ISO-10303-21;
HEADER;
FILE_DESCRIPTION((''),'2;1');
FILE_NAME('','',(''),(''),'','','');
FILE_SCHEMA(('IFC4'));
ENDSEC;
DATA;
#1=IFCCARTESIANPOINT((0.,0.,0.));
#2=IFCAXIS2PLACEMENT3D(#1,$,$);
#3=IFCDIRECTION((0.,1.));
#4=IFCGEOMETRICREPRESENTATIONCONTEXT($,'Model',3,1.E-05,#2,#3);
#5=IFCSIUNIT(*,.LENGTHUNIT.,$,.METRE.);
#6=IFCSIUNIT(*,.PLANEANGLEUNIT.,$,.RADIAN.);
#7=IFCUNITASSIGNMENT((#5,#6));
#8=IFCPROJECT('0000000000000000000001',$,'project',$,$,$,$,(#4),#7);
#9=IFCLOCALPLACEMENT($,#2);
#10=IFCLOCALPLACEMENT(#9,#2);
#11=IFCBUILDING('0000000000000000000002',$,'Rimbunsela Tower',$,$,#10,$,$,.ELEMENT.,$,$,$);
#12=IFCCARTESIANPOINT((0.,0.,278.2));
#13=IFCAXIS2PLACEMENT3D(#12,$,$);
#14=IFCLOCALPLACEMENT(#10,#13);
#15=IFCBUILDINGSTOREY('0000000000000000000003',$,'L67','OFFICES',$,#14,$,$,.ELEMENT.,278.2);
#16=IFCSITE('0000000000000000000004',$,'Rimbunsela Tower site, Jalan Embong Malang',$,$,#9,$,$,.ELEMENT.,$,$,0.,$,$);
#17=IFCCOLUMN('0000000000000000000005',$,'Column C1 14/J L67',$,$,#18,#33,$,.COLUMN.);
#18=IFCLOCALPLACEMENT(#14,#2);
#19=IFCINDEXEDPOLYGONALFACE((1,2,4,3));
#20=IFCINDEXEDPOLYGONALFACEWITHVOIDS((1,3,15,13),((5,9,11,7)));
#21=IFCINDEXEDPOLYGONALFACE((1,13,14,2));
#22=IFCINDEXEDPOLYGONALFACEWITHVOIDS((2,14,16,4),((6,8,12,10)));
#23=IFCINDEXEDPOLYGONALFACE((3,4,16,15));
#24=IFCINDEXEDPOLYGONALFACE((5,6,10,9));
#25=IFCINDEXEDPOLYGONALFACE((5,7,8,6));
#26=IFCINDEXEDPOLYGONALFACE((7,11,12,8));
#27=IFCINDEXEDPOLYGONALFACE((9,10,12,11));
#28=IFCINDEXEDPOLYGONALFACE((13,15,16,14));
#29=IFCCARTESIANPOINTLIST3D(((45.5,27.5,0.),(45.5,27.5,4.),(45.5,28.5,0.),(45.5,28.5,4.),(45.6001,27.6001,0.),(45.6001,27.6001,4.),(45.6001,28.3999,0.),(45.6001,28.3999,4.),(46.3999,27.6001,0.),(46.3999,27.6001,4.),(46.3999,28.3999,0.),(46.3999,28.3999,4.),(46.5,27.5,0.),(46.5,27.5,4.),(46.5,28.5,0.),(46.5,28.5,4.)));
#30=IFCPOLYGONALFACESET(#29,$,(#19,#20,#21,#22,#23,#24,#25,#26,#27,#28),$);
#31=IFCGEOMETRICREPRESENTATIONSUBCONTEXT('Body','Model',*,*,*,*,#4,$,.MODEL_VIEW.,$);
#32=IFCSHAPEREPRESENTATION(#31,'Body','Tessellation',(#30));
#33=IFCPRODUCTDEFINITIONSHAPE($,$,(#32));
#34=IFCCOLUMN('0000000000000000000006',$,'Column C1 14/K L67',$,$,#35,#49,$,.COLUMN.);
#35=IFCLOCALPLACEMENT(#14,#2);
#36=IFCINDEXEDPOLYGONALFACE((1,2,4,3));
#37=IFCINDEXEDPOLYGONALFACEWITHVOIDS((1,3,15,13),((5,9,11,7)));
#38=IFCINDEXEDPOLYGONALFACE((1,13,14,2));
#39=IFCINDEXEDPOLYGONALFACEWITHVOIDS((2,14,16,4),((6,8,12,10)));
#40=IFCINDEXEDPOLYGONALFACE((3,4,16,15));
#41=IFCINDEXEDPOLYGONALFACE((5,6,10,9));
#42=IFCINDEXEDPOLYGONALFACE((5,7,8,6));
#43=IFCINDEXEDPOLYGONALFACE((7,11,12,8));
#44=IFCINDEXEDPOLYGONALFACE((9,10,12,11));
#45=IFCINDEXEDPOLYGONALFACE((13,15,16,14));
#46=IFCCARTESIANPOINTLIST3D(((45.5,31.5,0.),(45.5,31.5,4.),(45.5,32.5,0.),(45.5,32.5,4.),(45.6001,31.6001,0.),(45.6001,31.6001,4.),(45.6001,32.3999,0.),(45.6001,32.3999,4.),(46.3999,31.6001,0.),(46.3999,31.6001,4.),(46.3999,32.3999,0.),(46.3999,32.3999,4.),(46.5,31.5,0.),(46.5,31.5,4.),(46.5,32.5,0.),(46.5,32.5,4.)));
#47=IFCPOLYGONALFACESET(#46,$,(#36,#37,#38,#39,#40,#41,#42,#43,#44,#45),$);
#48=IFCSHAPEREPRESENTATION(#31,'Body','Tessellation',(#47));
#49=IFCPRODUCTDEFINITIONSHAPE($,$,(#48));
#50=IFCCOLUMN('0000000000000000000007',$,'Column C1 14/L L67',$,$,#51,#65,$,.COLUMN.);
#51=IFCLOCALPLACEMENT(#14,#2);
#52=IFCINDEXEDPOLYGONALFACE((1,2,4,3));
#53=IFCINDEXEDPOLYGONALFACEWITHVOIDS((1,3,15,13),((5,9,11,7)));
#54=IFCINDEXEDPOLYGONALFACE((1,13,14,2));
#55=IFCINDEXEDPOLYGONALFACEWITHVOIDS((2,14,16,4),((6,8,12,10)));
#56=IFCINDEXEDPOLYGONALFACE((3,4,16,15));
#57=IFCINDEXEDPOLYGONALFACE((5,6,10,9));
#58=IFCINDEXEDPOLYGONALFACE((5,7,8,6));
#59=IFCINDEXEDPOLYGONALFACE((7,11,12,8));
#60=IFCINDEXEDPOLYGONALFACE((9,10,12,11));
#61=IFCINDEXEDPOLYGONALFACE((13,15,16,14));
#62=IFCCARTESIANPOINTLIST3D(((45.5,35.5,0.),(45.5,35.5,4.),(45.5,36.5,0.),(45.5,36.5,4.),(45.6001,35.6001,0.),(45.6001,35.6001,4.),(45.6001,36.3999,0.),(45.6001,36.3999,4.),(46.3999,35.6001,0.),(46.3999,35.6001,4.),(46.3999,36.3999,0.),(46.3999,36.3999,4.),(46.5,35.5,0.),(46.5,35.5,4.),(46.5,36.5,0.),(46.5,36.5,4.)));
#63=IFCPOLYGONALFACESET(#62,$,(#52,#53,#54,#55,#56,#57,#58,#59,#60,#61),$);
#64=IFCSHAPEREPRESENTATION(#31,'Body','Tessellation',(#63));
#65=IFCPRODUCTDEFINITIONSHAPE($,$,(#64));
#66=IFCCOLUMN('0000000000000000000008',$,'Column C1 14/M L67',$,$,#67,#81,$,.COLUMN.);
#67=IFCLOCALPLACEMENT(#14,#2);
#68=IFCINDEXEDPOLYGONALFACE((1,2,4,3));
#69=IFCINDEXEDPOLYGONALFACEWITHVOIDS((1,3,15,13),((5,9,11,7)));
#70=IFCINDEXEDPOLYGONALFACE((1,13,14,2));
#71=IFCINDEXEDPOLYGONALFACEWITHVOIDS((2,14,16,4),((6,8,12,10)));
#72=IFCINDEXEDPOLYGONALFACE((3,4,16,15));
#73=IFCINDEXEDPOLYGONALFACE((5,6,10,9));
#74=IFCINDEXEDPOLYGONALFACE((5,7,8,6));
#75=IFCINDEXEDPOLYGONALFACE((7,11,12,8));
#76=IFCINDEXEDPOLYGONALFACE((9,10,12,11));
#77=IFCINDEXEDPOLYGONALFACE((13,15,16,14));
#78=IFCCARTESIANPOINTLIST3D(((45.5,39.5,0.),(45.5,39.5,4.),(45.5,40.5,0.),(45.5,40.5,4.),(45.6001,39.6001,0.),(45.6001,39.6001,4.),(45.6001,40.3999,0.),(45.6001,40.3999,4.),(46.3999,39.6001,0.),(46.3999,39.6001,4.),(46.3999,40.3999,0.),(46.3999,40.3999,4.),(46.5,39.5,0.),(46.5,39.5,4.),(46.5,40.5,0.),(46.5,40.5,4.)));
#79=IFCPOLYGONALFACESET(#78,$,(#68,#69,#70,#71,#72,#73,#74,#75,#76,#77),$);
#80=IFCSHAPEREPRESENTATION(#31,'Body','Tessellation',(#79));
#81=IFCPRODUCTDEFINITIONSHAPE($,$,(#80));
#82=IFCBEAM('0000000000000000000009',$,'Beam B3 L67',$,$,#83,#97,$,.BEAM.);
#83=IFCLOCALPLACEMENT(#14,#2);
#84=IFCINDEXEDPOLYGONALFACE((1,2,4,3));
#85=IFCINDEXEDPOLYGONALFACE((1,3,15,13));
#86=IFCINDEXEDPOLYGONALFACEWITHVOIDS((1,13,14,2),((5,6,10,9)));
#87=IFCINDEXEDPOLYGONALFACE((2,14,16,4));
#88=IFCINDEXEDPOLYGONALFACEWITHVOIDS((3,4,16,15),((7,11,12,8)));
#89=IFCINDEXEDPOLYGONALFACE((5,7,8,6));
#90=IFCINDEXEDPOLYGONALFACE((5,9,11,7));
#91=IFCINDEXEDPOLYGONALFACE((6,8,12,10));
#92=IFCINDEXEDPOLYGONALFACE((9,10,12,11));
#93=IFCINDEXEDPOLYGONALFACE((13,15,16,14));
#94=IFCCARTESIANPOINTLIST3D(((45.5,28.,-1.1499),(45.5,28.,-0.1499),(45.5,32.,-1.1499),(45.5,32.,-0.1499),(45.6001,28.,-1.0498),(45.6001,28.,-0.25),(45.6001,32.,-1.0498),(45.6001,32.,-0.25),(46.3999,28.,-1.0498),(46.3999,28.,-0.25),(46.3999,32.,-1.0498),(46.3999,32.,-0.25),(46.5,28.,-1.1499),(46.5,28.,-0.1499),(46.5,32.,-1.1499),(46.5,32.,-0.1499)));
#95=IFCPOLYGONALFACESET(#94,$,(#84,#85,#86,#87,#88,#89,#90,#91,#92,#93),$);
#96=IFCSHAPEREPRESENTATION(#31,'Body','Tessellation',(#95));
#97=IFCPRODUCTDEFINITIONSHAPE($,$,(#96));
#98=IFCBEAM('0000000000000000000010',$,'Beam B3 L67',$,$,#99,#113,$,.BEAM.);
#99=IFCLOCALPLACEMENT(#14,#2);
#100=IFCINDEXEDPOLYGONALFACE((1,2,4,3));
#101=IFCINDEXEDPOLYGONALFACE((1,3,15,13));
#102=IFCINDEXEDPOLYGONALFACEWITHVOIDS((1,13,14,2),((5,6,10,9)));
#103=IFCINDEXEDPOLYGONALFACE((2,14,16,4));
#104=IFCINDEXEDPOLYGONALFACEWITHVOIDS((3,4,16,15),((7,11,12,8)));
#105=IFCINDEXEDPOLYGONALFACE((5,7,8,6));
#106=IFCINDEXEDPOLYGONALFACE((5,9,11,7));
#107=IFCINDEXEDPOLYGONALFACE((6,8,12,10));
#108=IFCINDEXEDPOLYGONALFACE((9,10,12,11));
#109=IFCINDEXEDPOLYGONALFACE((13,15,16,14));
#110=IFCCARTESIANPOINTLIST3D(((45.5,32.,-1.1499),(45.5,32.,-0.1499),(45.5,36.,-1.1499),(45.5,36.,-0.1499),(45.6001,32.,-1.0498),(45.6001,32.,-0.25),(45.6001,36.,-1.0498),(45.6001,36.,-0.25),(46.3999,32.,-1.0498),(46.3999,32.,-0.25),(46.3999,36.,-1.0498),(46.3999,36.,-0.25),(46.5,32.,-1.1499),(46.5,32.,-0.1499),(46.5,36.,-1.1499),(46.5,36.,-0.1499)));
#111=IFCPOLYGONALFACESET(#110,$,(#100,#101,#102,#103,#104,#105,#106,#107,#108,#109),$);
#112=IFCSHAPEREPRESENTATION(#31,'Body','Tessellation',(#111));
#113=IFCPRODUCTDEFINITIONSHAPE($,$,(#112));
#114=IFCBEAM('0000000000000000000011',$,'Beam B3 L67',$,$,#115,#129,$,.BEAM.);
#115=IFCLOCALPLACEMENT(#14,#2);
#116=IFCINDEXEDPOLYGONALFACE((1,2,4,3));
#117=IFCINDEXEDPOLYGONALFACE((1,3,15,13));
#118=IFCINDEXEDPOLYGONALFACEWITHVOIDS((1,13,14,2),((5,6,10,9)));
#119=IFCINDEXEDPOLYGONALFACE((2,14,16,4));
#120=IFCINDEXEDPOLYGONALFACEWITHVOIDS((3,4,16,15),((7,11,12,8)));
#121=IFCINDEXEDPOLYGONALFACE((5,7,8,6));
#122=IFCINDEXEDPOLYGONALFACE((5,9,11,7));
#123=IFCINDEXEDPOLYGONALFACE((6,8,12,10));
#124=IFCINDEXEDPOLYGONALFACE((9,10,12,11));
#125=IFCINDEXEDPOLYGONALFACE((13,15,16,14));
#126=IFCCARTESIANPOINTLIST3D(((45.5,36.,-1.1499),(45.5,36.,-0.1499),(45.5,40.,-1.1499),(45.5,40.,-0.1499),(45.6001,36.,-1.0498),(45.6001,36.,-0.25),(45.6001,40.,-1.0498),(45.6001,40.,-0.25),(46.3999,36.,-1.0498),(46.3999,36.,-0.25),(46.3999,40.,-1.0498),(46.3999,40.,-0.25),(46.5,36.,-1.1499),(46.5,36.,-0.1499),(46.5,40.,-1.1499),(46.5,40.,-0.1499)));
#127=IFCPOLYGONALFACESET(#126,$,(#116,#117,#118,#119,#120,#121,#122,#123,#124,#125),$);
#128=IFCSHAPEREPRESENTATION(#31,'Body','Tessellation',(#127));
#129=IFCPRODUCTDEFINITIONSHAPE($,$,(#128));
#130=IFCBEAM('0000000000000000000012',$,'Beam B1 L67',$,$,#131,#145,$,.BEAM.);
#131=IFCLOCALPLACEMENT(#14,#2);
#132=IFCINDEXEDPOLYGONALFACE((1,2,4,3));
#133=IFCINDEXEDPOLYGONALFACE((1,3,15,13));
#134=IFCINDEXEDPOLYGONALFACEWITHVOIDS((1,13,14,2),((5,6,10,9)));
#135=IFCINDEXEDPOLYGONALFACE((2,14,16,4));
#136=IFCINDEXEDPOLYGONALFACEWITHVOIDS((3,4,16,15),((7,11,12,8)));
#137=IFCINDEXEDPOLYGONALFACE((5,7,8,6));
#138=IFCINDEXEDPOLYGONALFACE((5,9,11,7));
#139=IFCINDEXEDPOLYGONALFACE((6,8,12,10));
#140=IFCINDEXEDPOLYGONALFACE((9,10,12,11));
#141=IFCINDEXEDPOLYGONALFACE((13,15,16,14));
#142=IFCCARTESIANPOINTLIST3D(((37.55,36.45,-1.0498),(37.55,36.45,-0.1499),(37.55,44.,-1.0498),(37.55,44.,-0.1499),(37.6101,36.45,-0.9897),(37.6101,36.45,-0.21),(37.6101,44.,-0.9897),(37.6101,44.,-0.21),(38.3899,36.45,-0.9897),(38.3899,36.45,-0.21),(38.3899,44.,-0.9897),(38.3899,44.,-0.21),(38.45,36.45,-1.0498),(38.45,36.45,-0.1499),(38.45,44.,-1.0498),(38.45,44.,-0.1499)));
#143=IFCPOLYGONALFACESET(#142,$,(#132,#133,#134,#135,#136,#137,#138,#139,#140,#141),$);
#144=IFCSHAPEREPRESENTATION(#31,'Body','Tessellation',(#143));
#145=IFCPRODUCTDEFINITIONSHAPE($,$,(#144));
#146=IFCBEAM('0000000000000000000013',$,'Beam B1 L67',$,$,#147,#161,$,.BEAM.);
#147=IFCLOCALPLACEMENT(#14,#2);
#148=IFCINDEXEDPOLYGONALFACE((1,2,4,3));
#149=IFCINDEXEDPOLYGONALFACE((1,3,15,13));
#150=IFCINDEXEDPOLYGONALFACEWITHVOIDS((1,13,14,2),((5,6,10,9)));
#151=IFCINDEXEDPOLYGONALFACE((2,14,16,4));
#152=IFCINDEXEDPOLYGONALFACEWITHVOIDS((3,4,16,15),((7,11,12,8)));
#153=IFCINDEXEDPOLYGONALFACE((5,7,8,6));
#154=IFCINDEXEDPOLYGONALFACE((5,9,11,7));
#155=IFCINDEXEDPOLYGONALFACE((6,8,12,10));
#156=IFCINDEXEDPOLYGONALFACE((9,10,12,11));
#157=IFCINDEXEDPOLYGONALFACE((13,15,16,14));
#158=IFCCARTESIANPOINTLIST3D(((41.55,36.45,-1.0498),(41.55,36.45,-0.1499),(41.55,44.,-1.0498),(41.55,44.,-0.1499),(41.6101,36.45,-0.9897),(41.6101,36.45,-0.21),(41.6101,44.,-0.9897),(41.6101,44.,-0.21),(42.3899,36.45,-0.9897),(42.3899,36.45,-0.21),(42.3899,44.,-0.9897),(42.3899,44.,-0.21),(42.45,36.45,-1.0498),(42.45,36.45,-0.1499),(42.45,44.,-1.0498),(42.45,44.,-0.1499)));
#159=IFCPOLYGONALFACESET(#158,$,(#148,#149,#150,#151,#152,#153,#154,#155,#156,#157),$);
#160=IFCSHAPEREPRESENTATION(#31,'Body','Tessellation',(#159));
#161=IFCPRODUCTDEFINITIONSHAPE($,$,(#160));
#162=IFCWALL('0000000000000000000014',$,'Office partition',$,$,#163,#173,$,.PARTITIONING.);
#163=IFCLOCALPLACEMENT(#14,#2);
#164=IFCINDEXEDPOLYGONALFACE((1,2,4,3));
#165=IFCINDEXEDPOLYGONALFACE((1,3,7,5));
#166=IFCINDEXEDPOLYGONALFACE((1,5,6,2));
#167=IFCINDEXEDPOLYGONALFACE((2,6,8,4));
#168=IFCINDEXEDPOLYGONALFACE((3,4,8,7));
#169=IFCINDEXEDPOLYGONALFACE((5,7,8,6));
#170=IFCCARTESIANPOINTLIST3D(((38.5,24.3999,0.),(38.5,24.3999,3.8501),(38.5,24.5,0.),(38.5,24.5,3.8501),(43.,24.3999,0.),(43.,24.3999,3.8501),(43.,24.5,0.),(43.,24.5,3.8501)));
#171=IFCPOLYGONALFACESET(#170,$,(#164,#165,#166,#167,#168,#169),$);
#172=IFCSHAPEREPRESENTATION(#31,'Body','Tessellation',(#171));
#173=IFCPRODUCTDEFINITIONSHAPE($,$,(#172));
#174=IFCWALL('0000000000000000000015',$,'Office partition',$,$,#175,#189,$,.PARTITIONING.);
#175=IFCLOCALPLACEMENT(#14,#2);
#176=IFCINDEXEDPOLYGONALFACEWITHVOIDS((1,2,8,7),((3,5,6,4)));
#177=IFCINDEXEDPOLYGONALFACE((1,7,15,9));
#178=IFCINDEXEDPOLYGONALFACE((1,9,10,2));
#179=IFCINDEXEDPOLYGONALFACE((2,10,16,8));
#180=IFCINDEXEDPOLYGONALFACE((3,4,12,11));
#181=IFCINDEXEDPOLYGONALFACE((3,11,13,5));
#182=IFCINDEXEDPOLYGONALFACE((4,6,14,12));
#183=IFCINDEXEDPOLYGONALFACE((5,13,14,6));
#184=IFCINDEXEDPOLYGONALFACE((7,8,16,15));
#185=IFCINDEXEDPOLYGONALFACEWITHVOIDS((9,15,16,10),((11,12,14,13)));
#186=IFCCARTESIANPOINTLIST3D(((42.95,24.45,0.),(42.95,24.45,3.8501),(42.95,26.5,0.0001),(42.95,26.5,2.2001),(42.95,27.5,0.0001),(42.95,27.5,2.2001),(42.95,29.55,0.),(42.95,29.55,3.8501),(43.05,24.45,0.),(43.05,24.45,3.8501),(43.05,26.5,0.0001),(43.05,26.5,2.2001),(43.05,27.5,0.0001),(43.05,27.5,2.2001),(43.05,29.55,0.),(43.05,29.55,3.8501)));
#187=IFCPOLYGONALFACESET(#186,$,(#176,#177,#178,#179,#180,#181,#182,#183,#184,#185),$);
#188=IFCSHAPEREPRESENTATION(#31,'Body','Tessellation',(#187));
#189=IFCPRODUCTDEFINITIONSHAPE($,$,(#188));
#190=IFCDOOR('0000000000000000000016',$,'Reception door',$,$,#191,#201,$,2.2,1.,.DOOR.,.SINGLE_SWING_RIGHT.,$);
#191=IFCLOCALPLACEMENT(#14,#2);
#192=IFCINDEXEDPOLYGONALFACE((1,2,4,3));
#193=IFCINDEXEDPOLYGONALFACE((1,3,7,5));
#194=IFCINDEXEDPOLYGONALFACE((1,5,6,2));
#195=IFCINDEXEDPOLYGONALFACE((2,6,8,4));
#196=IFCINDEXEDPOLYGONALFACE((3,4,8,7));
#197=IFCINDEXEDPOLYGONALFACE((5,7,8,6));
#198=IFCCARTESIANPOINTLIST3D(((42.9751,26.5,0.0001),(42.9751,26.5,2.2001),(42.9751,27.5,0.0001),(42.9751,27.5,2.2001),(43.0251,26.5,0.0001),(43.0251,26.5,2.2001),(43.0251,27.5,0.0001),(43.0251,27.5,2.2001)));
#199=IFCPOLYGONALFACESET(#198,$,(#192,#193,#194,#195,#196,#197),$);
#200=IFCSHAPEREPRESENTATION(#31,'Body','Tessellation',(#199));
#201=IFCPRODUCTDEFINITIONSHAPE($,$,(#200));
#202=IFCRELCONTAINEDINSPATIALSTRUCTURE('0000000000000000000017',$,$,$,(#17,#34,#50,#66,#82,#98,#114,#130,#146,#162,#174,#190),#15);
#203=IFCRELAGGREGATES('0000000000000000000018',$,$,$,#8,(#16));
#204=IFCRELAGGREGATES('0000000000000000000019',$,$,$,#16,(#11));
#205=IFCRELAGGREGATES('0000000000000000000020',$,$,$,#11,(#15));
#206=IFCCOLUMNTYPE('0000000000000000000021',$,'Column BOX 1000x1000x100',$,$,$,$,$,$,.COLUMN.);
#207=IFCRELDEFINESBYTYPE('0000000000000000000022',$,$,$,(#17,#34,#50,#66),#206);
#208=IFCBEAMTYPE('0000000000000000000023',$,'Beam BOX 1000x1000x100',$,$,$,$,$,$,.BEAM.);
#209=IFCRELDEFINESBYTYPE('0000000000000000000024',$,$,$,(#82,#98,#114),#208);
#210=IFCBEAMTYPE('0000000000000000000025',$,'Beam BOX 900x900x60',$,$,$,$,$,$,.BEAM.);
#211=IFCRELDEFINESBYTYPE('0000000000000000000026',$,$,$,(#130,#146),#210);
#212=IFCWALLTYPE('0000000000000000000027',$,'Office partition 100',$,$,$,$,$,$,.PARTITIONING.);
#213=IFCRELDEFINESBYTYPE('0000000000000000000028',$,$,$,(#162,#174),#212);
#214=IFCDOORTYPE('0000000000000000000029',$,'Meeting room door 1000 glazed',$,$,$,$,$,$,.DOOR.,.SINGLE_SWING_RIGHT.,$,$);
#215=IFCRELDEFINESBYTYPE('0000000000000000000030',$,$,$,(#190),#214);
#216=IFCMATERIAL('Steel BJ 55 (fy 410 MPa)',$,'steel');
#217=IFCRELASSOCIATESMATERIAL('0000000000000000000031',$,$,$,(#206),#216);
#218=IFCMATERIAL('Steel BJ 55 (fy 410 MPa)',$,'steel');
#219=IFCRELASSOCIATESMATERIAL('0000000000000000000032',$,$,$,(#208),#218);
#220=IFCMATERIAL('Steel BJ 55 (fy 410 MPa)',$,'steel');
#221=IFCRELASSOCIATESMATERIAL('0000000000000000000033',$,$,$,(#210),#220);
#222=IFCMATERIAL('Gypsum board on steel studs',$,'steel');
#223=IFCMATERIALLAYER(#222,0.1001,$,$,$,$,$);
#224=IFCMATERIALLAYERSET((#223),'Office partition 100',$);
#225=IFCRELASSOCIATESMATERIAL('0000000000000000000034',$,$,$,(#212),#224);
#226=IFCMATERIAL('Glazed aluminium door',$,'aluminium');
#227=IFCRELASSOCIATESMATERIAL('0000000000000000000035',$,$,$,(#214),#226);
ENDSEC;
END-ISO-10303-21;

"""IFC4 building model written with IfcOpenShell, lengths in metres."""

from ifc_helpers import new_model, si_unit, direction, frame, frame_2d, origin, origin_2d, place, context, subcontext, project, spatial, rectangle, hollow_rectangle, extrude, material, layer, layer_set, material_profile, profile_set, type_object, element, fill, save


model = new_model("IFC4")

# Units and contexts
model_context = context("Model", 3, precision=1e-05, world=origin(), true_north=direction((0.0, 1.0)))
body_context = subcontext(model_context, "Body", "Model", "MODEL_VIEW")
ifc_project = project(units=[si_unit("LENGTHUNIT", "METRE"), si_unit("PLANEANGLEUNIT", "RADIAN")], contexts=[model_context])

# Site, building, storey
site_placement = place(None, origin())
site = spatial("IfcSite", under=ifc_project, at=site_placement, Name="Rimbunsela Tower site, Jalan Embong Malang", CompositionType="ELEMENT", RefElevation=0.0)
building_placement = place(site_placement, origin())
building = spatial("IfcBuilding", under=site, at=building_placement, Name="Rimbunsela Tower", CompositionType="ELEMENT")
storey_placement = place(building_placement, frame((0.0, 0.0, 278.2)))
storey = spatial("IfcBuildingStorey", under=building, at=storey_placement, Name="L67", Description="OFFICES", CompositionType="ELEMENT", Elevation=278.2)

# Columns
ifc_material_1 = material(Name="Steel BJ 55 (fy 410 MPa)", Category="steel")
ifc_material_profile_1 = material_profile(ifc_material_1, hollow_rectangle(XDim=1.0, YDim=1.0, WallThickness=0.1001, at=origin_2d()), Name="BOX 1000x1000x100")
ifc_profile_set_1 = profile_set([ifc_material_profile_1], Name="Steel BJ 55 (fy 410 MPa)")
column_type = type_object("IfcColumnType", Name="Column BOX 1000x1000x100", PredefinedType="COLUMN", material=ifc_profile_set_1)
for number, where, z_axis, x_axis, name in (
    (1, (46.0, 28.0, 0.0), (0.0, 0.0, 1.0), (1.0, 0.0, 0.0), "Column C1 14/J L67"),
    (2, (46.0, 32.0, 0.0), (0.0, 0.0, 1.0), (1.0, 0.0, 0.0), "Column C1 14/K L67"),
    (3, (46.0, 36.0, 0.0), (0.0, 0.0, 1.0), (1.0, 0.0, 0.0), "Column C1 14/L L67"),
    (4, (46.0, 40.0, 0.0), (0.0, 0.0, 1.0), (1.0, 0.0, 0.0), "Column C1 14/M L67"),
):
    element("IfcColumn", number, at=place(storey_placement, frame(where, z_axis=z_axis, x_axis=x_axis)), inside=storey, type_object=column_type, Name=name, PredefinedType="COLUMN", context=body_context, shape_type="SweptSolid", body=[
        extrude(hollow_rectangle(XDim=1.0, YDim=1.0, WallThickness=0.1001, at=origin_2d()), origin(), (0.0, 0.0, 1.0), 4.0),
    ])

# Beams
ifc_material_2 = material(Name="Steel BJ 55 (fy 410 MPa)", Category="steel")
ifc_material_profile_2 = material_profile(ifc_material_2, hollow_rectangle(XDim=1.0, YDim=1.0, WallThickness=0.1001, at=origin_2d()), Name="BOX 1000x1000x100")
ifc_profile_set_2 = profile_set([ifc_material_profile_2], Name="Steel BJ 55 (fy 410 MPa)")
beam_type_1 = type_object("IfcBeamType", Name="Beam BOX 1000x1000x100", PredefinedType="BEAM", material=ifc_profile_set_2)
for number, where, z_axis, x_axis, name in (
    (5, (46.0, 28.0, -0.6499), (0.0, 1.0, 0.0), (-1.0, 0.0, 0.0), "Beam B3 L67"),
    (6, (46.0, 32.0, -0.6499), (0.0, 1.0, 0.0), (-1.0, 0.0, 0.0), "Beam B3 L67"),
    (7, (46.0, 36.0, -0.6499), (0.0, 1.0, 0.0), (-1.0, 0.0, 0.0), "Beam B3 L67"),
):
    element("IfcBeam", number, at=place(storey_placement, frame(where, z_axis=z_axis, x_axis=x_axis)), inside=storey, type_object=beam_type_1, Name=name, PredefinedType="BEAM", context=body_context, shape_type="SweptSolid", body=[
        extrude(hollow_rectangle(XDim=1.0, YDim=1.0, WallThickness=0.1001, at=origin_2d()), origin(), (0.0, 0.0, 1.0), 4.0),
    ])
ifc_material_3 = material(Name="Steel BJ 55 (fy 410 MPa)", Category="steel")
ifc_material_profile_3 = material_profile(ifc_material_3, hollow_rectangle(XDim=0.8999, YDim=0.8999, WallThickness=0.0601, at=origin_2d()), Name="BOX 900x900x60")
ifc_profile_set_3 = profile_set([ifc_material_profile_3], Name="Steel BJ 55 (fy 410 MPa)")
beam_type_2 = type_object("IfcBeamType", Name="Beam BOX 900x900x60", PredefinedType="BEAM", material=ifc_profile_set_3)
for number, where, z_axis, x_axis, name in (
    (8, (38.0, 36.45, -0.5999), (0.0, 1.0, 0.0), (-1.0, 0.0, 0.0), "Beam B1 L67"),
    (9, (42.0, 36.45, -0.5999), (0.0, 1.0, 0.0), (-1.0, 0.0, 0.0), "Beam B1 L67"),
):
    element("IfcBeam", number, at=place(storey_placement, frame(where, z_axis=z_axis, x_axis=x_axis)), inside=storey, type_object=beam_type_2, Name=name, PredefinedType="BEAM", context=body_context, shape_type="SweptSolid", body=[
        extrude(hollow_rectangle(XDim=0.8999, YDim=0.8999, WallThickness=0.0601, at=origin_2d()), origin(), (0.0, 0.0, 1.0), 7.55),
    ])

# Wall
ifc_material_4 = material(Name="Gypsum board on steel studs", Category="steel")
ifc_layer_1 = layer(ifc_material_4, 0.1001)
ifc_layer_set_1 = layer_set([ifc_layer_1], Name="Office partition 100")
wall_type_1 = type_object("IfcWallType", Name="Office partition 100", PredefinedType="PARTITIONING", material=ifc_layer_set_1)
wall_1_placement = place(storey_placement, frame((38.5, 24.45, 0.0), z_axis=(0.0, 0.0, 1.0), x_axis=(1.0, 0.0, 0.0)))
element("IfcWall", 10, at=wall_1_placement, inside=storey, type_object=wall_type_1, Name="Office partition", PredefinedType="PARTITIONING", context=body_context, shape_type="SweptSolid", body=[
    extrude(rectangle(XDim=4.5, YDim=0.1001, at=frame_2d((2.25, 0.0))), origin(), (0.0, 0.0, 1.0), 3.8501),
])

# Wall, opening, door
wall_2_placement = place(storey_placement, frame((43.0, 24.45, 0.0), z_axis=(0.0, 0.0, 1.0), x_axis=(0.0, 1.0, 0.0)))
wall_2 = element("IfcWall", 11, at=wall_2_placement, inside=storey, type_object=wall_type_1, Name="Office partition", PredefinedType="PARTITIONING", context=body_context, shape_type="SweptSolid", body=[
    extrude(rectangle(XDim=5.1001, YDim=0.1001, at=frame_2d((2.55, 0.0))), origin(), (0.0, 0.0, 1.0), 3.8501),
])
opening_1_placement = place(wall_2_placement, frame((2.05, 0.0, 0.0)))
opening_1 = element("IfcOpeningElement", 12, at=opening_1_placement, cuts=wall_2, PredefinedType="OPENING", context=body_context, shape_type="SweptSolid", body=[
    extrude(rectangle(XDim=1.0, YDim=2.2, at=frame_2d((0.5, 1.1001))), frame((0.0, 0.0601, 0.0), z_axis=(0.0, -1.0, 0.0), x_axis=(1.0, 0.0, 0.0)), (0.0, 0.0, 1.0), 0.1201),
])
ifc_material_5 = material(Name="Glazed aluminium door", Category="aluminium")
door_type = type_object("IfcDoorType", Name="Meeting room door 1000 glazed", OperationType="SINGLE_SWING_RIGHT", PredefinedType="DOOR", material=ifc_material_5)
door_placement = place(opening_1_placement, origin())
door = element("IfcDoor", 13, at=door_placement, inside=storey, type_object=door_type, Name="Reception door", OperationType="SINGLE_SWING_RIGHT", OverallHeight=2.2, OverallWidth=1.0, PredefinedType="DOOR", context=body_context, shape_type="SweptSolid", body=[
    extrude(rectangle(XDim=1.0, YDim=2.2, at=frame_2d((0.5, 1.1001))), frame((0.0, 0.0249, 0.0), z_axis=(0.0, -1.0, 0.0), x_axis=(1.0, 0.0, 0.0)), (0.0, 0.0, 1.0), 0.05),
])
fill(opening_1, door)

save(model, "model.ifc")
